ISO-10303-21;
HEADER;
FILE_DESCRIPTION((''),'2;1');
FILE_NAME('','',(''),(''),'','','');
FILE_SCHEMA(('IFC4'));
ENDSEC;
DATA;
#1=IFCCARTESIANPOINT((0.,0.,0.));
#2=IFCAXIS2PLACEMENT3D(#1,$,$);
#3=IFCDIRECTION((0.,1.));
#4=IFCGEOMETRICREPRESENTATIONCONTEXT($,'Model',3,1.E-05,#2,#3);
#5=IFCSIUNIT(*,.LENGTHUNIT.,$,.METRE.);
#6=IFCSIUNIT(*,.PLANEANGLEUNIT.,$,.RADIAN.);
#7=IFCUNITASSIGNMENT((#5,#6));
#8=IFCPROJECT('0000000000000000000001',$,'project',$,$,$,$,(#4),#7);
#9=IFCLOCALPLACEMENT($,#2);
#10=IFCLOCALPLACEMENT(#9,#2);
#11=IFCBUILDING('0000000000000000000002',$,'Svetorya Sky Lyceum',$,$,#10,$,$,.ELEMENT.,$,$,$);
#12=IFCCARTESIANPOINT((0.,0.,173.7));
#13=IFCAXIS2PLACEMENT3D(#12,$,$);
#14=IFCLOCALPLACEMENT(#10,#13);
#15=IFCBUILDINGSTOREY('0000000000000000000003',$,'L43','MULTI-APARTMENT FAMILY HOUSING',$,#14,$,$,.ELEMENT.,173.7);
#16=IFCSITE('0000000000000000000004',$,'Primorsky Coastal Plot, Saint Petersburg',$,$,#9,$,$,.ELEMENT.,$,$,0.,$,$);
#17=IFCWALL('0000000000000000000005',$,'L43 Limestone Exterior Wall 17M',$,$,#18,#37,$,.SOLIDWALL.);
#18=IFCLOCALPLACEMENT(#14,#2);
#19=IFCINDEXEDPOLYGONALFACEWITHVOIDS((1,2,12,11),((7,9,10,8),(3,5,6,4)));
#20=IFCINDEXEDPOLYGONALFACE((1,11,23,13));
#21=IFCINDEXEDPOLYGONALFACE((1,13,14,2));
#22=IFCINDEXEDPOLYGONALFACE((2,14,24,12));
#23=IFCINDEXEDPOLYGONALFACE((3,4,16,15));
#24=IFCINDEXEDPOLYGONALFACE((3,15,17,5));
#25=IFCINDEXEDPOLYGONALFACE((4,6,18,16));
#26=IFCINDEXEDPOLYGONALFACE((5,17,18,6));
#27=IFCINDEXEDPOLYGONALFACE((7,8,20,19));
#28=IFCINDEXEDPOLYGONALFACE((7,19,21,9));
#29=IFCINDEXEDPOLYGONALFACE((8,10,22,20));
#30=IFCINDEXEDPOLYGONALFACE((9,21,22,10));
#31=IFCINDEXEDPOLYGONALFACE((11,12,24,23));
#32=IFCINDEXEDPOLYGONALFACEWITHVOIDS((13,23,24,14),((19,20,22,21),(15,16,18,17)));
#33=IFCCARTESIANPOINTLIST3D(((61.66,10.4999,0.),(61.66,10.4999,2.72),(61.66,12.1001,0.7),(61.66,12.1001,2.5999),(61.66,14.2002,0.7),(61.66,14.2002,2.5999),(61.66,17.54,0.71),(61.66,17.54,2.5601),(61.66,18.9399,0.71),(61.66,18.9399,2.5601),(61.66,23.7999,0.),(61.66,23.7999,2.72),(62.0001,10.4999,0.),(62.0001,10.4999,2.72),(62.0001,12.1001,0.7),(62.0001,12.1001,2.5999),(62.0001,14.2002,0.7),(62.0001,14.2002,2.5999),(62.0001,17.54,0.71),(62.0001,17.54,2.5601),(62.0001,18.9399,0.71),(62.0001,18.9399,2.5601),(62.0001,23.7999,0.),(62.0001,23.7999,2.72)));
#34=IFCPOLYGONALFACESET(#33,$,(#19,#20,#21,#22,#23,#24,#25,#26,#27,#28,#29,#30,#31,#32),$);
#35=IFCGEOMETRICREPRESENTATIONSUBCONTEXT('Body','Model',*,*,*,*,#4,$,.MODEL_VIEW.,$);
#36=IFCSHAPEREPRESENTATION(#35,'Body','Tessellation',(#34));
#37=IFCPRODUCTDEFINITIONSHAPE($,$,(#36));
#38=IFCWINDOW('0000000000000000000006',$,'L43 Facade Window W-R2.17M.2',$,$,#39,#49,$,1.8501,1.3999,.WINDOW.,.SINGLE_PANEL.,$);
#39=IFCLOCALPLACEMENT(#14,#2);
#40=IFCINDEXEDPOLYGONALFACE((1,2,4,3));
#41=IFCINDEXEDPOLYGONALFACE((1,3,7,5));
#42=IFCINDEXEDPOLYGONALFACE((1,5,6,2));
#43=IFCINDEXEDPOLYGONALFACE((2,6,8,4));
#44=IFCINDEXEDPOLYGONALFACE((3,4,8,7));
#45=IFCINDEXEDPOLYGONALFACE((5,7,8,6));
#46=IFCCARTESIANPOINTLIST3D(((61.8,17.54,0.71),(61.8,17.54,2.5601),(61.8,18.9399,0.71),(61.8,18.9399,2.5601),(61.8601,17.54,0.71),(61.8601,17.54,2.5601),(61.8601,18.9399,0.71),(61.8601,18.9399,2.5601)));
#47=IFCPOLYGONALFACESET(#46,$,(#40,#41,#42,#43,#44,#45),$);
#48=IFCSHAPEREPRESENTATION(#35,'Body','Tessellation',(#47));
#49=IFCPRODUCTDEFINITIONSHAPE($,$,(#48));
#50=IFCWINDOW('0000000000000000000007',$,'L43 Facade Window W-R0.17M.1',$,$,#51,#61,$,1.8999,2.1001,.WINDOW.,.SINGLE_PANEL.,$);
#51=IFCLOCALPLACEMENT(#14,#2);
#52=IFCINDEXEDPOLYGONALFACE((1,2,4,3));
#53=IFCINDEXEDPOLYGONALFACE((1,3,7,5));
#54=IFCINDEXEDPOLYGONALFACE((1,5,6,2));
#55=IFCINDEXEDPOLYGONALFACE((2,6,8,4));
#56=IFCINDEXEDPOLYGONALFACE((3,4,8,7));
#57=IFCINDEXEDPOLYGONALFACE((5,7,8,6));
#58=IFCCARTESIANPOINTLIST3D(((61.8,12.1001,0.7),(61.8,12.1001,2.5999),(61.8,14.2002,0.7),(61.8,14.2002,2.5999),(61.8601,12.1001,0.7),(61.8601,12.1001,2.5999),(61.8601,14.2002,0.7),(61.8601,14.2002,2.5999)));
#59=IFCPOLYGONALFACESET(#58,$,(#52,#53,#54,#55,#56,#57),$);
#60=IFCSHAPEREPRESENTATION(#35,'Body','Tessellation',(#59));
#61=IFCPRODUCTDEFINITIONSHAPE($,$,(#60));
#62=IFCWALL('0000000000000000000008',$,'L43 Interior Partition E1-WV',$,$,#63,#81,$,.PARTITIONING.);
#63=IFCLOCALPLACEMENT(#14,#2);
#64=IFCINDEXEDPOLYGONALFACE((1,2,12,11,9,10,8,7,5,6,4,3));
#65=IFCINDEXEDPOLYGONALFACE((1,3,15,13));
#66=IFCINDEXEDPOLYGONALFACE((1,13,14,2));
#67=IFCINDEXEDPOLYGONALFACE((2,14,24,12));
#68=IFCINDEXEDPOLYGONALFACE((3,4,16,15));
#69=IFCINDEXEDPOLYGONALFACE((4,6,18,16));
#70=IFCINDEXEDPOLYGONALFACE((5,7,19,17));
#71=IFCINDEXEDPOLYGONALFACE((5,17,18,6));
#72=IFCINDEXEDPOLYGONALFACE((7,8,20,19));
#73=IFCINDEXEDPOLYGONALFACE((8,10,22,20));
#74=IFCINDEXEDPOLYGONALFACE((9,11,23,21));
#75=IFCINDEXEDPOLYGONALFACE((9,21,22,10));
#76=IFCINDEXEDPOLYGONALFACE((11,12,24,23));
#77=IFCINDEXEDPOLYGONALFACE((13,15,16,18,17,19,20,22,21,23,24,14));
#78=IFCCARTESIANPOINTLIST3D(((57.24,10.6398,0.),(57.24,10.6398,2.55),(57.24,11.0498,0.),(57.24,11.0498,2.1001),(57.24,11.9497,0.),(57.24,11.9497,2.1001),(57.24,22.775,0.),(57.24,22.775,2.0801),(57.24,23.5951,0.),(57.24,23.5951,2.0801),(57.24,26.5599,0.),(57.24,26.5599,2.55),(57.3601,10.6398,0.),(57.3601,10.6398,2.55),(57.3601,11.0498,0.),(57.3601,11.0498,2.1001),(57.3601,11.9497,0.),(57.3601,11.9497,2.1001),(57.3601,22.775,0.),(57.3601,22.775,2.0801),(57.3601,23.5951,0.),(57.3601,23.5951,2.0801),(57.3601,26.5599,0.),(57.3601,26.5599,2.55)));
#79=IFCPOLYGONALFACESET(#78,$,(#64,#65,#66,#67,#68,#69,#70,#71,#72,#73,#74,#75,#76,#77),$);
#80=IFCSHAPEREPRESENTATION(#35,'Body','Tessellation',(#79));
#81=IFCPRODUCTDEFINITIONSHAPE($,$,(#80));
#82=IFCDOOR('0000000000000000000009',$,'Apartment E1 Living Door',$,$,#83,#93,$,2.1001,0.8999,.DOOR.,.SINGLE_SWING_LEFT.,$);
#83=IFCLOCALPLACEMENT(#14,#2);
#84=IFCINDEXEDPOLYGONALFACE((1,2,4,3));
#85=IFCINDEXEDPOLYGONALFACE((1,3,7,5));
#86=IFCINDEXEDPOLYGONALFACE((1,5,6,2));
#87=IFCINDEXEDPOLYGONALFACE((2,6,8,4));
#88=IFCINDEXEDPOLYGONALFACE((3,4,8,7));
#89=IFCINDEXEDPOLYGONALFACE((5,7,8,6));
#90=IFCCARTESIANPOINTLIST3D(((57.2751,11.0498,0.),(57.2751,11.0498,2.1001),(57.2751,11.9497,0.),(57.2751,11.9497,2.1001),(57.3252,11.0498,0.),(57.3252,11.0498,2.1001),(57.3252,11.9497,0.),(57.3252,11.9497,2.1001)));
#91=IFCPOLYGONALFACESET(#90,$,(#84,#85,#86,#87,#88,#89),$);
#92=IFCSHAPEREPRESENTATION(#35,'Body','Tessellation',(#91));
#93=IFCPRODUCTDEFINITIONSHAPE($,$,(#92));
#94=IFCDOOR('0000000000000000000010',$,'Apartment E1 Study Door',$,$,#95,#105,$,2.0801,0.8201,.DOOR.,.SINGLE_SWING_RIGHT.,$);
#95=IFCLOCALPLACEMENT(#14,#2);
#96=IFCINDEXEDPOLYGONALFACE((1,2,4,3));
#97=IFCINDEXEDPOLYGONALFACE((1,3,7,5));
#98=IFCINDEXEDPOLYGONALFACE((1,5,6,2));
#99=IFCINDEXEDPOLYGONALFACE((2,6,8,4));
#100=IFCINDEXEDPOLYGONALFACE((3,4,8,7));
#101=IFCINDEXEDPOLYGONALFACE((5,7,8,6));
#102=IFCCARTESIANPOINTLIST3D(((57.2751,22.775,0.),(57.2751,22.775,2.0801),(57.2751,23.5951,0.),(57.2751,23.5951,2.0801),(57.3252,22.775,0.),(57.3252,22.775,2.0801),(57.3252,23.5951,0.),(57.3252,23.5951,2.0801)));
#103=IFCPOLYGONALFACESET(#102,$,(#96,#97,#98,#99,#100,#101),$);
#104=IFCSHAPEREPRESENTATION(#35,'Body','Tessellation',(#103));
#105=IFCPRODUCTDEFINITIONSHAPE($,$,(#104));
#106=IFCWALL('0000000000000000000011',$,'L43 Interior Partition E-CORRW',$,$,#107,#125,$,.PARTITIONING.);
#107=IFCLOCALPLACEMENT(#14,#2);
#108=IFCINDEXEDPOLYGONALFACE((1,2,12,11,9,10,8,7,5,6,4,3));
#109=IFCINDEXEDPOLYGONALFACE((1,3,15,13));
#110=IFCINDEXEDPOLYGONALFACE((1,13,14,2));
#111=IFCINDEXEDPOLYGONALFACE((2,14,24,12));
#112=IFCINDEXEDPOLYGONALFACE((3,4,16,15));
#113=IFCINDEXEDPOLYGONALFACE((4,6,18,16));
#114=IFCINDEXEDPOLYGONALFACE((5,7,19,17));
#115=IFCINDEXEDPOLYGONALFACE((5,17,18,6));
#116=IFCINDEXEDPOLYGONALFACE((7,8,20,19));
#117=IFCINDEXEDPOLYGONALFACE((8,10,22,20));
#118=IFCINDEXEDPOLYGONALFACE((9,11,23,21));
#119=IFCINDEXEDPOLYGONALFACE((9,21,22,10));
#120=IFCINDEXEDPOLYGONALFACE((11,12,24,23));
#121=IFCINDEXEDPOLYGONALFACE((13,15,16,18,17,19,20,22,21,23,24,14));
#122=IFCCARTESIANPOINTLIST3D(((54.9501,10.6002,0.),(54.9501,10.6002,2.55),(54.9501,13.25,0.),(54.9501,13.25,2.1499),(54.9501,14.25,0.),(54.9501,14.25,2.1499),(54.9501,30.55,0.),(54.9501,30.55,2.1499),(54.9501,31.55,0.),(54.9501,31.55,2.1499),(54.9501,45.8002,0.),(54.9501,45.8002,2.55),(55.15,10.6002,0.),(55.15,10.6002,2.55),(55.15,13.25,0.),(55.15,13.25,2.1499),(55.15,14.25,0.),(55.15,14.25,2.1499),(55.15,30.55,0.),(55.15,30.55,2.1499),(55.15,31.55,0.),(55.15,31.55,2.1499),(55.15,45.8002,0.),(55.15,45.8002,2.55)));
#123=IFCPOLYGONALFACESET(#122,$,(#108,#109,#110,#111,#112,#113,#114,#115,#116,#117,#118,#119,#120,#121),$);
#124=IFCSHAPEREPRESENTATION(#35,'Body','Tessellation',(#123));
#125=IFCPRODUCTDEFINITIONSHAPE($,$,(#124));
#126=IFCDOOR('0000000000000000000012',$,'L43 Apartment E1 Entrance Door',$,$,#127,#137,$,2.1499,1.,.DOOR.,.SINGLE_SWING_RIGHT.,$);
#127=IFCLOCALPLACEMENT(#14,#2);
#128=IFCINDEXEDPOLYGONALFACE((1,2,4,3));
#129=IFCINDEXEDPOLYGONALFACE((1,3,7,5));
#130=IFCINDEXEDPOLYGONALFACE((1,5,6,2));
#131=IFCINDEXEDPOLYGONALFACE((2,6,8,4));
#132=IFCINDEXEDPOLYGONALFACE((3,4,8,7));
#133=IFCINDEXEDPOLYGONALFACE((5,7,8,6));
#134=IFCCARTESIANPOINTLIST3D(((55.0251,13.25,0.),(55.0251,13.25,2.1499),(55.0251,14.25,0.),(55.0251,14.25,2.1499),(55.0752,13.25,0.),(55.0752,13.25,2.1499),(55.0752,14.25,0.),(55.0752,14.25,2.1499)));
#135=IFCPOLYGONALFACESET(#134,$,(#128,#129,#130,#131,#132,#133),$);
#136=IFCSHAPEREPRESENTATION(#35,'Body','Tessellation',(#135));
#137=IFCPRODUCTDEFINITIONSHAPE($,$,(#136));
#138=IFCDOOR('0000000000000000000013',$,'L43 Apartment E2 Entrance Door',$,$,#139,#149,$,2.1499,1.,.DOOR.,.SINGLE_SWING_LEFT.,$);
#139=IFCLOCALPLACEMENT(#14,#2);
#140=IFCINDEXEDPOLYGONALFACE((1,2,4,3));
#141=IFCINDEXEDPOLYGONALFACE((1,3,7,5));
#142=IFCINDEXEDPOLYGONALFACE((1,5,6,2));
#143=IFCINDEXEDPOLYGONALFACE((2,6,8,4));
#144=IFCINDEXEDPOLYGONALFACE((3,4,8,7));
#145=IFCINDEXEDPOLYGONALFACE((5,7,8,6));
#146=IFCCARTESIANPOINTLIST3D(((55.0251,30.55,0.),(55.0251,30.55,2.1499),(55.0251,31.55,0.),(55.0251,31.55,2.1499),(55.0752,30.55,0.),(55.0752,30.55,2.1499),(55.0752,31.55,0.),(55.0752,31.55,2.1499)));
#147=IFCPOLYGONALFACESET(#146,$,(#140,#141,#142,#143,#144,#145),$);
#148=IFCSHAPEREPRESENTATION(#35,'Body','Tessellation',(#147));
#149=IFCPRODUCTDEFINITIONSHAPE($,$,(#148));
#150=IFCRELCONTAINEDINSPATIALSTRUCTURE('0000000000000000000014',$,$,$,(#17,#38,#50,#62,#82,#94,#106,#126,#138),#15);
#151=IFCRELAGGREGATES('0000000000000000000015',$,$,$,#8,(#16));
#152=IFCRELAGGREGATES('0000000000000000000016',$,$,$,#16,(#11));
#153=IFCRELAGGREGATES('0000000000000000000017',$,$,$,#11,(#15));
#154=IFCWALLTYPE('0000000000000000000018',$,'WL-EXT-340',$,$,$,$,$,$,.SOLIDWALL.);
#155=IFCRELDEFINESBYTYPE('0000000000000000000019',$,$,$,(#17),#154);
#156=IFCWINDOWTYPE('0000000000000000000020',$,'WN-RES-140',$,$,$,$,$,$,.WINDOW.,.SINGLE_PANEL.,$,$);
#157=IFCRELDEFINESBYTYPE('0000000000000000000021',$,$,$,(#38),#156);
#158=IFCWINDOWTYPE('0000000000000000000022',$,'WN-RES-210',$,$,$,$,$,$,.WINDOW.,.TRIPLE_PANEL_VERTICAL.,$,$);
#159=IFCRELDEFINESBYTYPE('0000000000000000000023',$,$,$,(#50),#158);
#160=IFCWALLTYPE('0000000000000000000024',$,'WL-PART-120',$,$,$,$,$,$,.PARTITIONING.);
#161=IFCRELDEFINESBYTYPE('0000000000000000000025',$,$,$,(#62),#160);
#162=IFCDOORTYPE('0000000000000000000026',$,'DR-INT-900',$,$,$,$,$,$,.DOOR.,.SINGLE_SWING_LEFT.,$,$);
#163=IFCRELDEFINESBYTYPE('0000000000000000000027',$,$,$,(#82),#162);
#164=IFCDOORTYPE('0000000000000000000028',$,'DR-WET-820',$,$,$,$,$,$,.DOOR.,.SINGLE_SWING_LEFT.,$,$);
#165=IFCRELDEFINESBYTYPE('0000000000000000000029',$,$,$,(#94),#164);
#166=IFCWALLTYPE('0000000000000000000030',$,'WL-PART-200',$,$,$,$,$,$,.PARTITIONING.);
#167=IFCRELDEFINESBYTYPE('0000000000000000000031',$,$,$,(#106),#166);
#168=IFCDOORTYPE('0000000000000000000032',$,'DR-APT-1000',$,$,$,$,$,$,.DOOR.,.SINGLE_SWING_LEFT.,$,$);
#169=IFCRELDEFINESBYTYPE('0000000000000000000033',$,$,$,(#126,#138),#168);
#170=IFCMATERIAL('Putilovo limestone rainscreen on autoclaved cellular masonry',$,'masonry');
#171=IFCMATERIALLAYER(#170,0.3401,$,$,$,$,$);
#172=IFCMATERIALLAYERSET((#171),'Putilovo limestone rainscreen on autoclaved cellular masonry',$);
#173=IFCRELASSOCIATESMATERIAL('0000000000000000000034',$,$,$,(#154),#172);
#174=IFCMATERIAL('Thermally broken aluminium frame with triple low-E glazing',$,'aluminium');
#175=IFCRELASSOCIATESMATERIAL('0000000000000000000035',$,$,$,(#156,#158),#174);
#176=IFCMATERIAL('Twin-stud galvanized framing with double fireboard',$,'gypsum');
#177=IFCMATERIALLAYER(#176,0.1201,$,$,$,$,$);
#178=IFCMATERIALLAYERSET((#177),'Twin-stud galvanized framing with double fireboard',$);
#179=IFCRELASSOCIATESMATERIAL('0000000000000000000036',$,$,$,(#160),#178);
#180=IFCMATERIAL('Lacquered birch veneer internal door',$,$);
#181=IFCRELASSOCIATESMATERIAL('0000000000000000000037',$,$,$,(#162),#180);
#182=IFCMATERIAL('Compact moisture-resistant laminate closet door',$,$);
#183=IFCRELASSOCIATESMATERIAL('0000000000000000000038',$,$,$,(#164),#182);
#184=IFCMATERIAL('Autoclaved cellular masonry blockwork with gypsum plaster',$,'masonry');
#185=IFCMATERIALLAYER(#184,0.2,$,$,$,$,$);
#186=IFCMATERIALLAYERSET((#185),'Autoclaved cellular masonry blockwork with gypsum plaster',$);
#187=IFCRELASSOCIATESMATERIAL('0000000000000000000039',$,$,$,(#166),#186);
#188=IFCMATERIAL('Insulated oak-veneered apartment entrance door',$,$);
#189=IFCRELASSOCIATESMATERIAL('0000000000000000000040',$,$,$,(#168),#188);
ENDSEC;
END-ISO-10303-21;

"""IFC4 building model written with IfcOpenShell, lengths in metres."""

from ifc_helpers import new_model, si_unit, direction, frame, frame_2d, origin, place, context, subcontext, project, spatial, rectangle, extrude, material, layer, layer_set, type_object, element, fill, save


model = new_model("IFC4")

# Units and contexts
model_context = context("Model", 3, precision=1e-05, world=origin(), true_north=direction((0.0, 1.0)))
body_context = subcontext(model_context, "Body", "Model", "MODEL_VIEW")
ifc_project = project(units=[si_unit("LENGTHUNIT", "METRE"), si_unit("PLANEANGLEUNIT", "RADIAN")], contexts=[model_context])

# Site, building, storey
site_placement = place(None, origin())
site = spatial("IfcSite", under=ifc_project, at=site_placement, Name="Primorsky Coastal Plot, Saint Petersburg", CompositionType="ELEMENT", RefElevation=0.0)
building_placement = place(site_placement, origin())
building = spatial("IfcBuilding", under=site, at=building_placement, Name="Svetorya Sky Lyceum", CompositionType="ELEMENT")
storey_placement = place(building_placement, frame((0.0, 0.0, 173.7)))
storey = spatial("IfcBuildingStorey", under=building, at=storey_placement, Name="L43", Description="MULTI-APARTMENT FAMILY HOUSING", CompositionType="ELEMENT", Elevation=173.7)

# Shared definitions
ifc_material_1 = material(Name="Putilovo limestone rainscreen on autoclaved cellular masonry", Category="masonry")
ifc_layer_1 = layer(ifc_material_1, 0.3401)
ifc_layer_set_1 = layer_set([ifc_layer_1], Name="Putilovo limestone rainscreen on autoclaved cellular masonry")
wall_type_1 = type_object("IfcWallType", Name="WL-EXT-340", PredefinedType="SOLIDWALL", material=ifc_layer_set_1)

# Wall, openings, windows
wall_1_placement = place(storey_placement, frame((61.8301, 10.5, 0.0), z_axis=(0.0, 0.0, 1.0), x_axis=(0.0, 1.0, 0.0)))
wall_1 = element("IfcWall", 1, at=wall_1_placement, inside=storey, type_object=wall_type_1, Name="L43 Limestone Exterior Wall 17M", PredefinedType="SOLIDWALL", context=body_context, shape_type="SweptSolid", body=[
    extrude(rectangle(XDim=13.3, YDim=0.3401, at=frame_2d((6.6499, 0.0))), origin(), (0.0, 0.0, 1.0), 2.72),
])
opening_1_placement = place(wall_1_placement, frame((1.6001, 0.0, 0.7)))
opening_1 = element("IfcOpeningElement", 2, at=opening_1_placement, cuts=wall_1, PredefinedType="OPENING", context=body_context, shape_type="SweptSolid", body=[
    extrude(rectangle(XDim=2.1001, YDim=1.8999, at=frame_2d((1.05, 0.95))), frame((0.0, 0.1799, 0.0), z_axis=(0.0, -1.0, 0.0), x_axis=(1.0, 0.0, 0.0)), (0.0, 0.0, 1.0), 0.3601),
])
opening_2_placement = place(wall_1_placement, frame((7.04, 0.0, 0.71)))
opening_2 = element("IfcOpeningElement", 3, at=opening_2_placement, cuts=wall_1, PredefinedType="OPENING", context=body_context, shape_type="SweptSolid", body=[
    extrude(rectangle(XDim=1.3999, YDim=1.8501, at=frame_2d((0.7, 0.925))), frame((0.0, 0.1799, 0.0), z_axis=(0.0, -1.0, 0.0), x_axis=(1.0, 0.0, 0.0)), (0.0, 0.0, 1.0), 0.3601),
])
ifc_material_2 = material(Name="Thermally broken aluminium frame with triple low-E glazing", Category="aluminium")
window_type_1 = type_object("IfcWindowType", Name="WN-RES-140", PartitioningType="SINGLE_PANEL", PredefinedType="WINDOW", material=ifc_material_2)
window_1_placement = place(opening_2_placement, origin())
window_1 = element("IfcWindow", 4, at=window_1_placement, inside=storey, type_object=window_type_1, Name="L43 Facade Window W-R2.17M.2", OverallHeight=1.8501, OverallWidth=1.3999, PartitioningType="SINGLE_PANEL", PredefinedType="WINDOW", context=body_context, shape_type="SweptSolid", body=[
    extrude(rectangle(XDim=1.3999, YDim=1.8501, at=frame_2d((0.7, 0.925))), frame((0.0, 0.03, 0.0), z_axis=(0.0, -1.0, 0.0), x_axis=(1.0, 0.0, 0.0)), (0.0, 0.0, 1.0), 0.0601),
])
fill(opening_2, window_1)
window_type_2 = type_object("IfcWindowType", Name="WN-RES-210", PartitioningType="TRIPLE_PANEL_VERTICAL", PredefinedType="WINDOW", material=ifc_material_2)
window_2_placement = place(opening_1_placement, origin())
window_2 = element("IfcWindow", 5, at=window_2_placement, inside=storey, type_object=window_type_2, Name="L43 Facade Window W-R0.17M.1", OverallHeight=1.8999, OverallWidth=2.1001, PartitioningType="SINGLE_PANEL", PredefinedType="WINDOW", context=body_context, shape_type="SweptSolid", body=[
    extrude(rectangle(XDim=2.1001, YDim=1.8999, at=frame_2d((1.05, 0.95))), frame((0.0, 0.03, 0.0), z_axis=(0.0, -1.0, 0.0), x_axis=(1.0, 0.0, 0.0)), (0.0, 0.0, 1.0), 0.0601),
])
fill(opening_1, window_2)

# Walls, openings, doors
ifc_material_3 = material(Name="Twin-stud galvanized framing with double fireboard", Category="gypsum")
ifc_layer_2 = layer(ifc_material_3, 0.1201)
ifc_layer_set_2 = layer_set([ifc_layer_2], Name="Twin-stud galvanized framing with double fireboard")
wall_type_2 = type_object("IfcWallType", Name="WL-PART-120", PredefinedType="PARTITIONING", material=ifc_layer_set_2)
wall_2_placement = place(storey_placement, frame((57.3, 10.6399, 0.0), z_axis=(0.0, 0.0, 1.0), x_axis=(0.0, 1.0, 0.0)))
wall_2 = element("IfcWall", 6, at=wall_2_placement, inside=storey, type_object=wall_type_2, Name="L43 Interior Partition E1-WV", PredefinedType="PARTITIONING", context=body_context, shape_type="SweptSolid", body=[
    extrude(rectangle(XDim=15.9202, YDim=0.1201, at=frame_2d((7.96, 0.0))), origin(), (0.0, 0.0, 1.0), 2.55),
])
opening_3_placement = place(wall_2_placement, frame((0.4099, 0.0, 0.0)))
opening_3 = element("IfcOpeningElement", 7, at=opening_3_placement, cuts=wall_2, PredefinedType="OPENING", context=body_context, shape_type="SweptSolid", body=[
    extrude(rectangle(XDim=0.8999, YDim=2.1001, at=frame_2d((0.45, 1.05))), frame((0.0, 0.0701, 0.0), z_axis=(0.0, -1.0, 0.0), x_axis=(1.0, 0.0, 0.0)), (0.0, 0.0, 1.0), 0.1401),
])
opening_4_placement = place(wall_2_placement, frame((12.135, 0.0, 0.0)))
opening_4 = element("IfcOpeningElement", 8, at=opening_4_placement, cuts=wall_2, PredefinedType="OPENING", context=body_context, shape_type="SweptSolid", body=[
    extrude(rectangle(XDim=0.8201, YDim=2.0801, at=frame_2d((0.4102, 1.04))), frame((0.0, 0.0701, 0.0), z_axis=(0.0, -1.0, 0.0), x_axis=(1.0, 0.0, 0.0)), (0.0, 0.0, 1.0), 0.1401),
])
ifc_material_4 = material(Name="Lacquered birch veneer internal door")
door_type_1 = type_object("IfcDoorType", Name="DR-INT-900", OperationType="SINGLE_SWING_LEFT", PredefinedType="DOOR", material=ifc_material_4)
door_1_placement = place(opening_3_placement, origin())
door_1 = element("IfcDoor", 9, at=door_1_placement, inside=storey, type_object=door_type_1, Name="Apartment E1 Living Door", OperationType="SINGLE_SWING_LEFT", OverallHeight=2.1001, OverallWidth=0.8999, PredefinedType="DOOR", context=body_context, shape_type="SweptSolid", body=[
    extrude(rectangle(XDim=0.8999, YDim=2.1001, at=frame_2d((0.45, 1.05))), frame((0.0, 0.0249, 0.0), z_axis=(0.0, -1.0, 0.0), x_axis=(1.0, 0.0, 0.0)), (0.0, 0.0, 1.0), 0.05),
])
fill(opening_3, door_1)
ifc_material_5 = material(Name="Compact moisture-resistant laminate closet door")
door_type_2 = type_object("IfcDoorType", Name="DR-WET-820", OperationType="SINGLE_SWING_LEFT", PredefinedType="DOOR", material=ifc_material_5)
door_2_placement = place(opening_4_placement, origin())
door_2 = element("IfcDoor", 10, at=door_2_placement, inside=storey, type_object=door_type_2, Name="Apartment E1 Study Door", OperationType="SINGLE_SWING_RIGHT", OverallHeight=2.0801, OverallWidth=0.8201, PredefinedType="DOOR", context=body_context, shape_type="SweptSolid", body=[
    extrude(rectangle(XDim=0.8201, YDim=2.0801, at=frame_2d((0.4102, 1.04))), frame((0.0, 0.0249, 0.0), z_axis=(0.0, -1.0, 0.0), x_axis=(1.0, 0.0, 0.0)), (0.0, 0.0, 1.0), 0.05),
])
fill(opening_4, door_2)
ifc_material_6 = material(Name="Autoclaved cellular masonry blockwork with gypsum plaster", Category="masonry")
ifc_layer_3 = layer(ifc_material_6, 0.2)
ifc_layer_set_3 = layer_set([ifc_layer_3], Name="Autoclaved cellular masonry blockwork with gypsum plaster")
wall_type_3 = type_object("IfcWallType", Name="WL-PART-200", PredefinedType="PARTITIONING", material=ifc_layer_set_3)
wall_3_placement = place(storey_placement, frame((55.05, 10.6001, 0.0), z_axis=(0.0, 0.0, 1.0), x_axis=(0.0, 1.0, 0.0)))
wall_3 = element("IfcWall", 11, at=wall_3_placement, inside=storey, type_object=wall_type_3, Name="L43 Interior Partition E-CORRW", PredefinedType="PARTITIONING", context=body_context, shape_type="SweptSolid", body=[
    extrude(rectangle(XDim=35.2, YDim=0.2, at=frame_2d((17.6001, 0.0))), origin(), (0.0, 0.0, 1.0), 2.55),
])
opening_5_placement = place(wall_3_placement, frame((2.6499, 0.0, 0.0)))
opening_5 = element("IfcOpeningElement", 12, at=opening_5_placement, cuts=wall_3, PredefinedType="OPENING", context=body_context, shape_type="SweptSolid", body=[
    extrude(rectangle(XDim=1.0, YDim=2.1499, at=frame_2d((0.5, 1.075))), frame((0.0, 0.1099, 0.0), z_axis=(0.0, -1.0, 0.0), x_axis=(1.0, 0.0, 0.0)), (0.0, 0.0, 1.0), 0.22),
])
opening_6_placement = place(wall_3_placement, frame((19.95, 0.0, 0.0)))
opening_6 = element("IfcOpeningElement", 13, at=opening_6_placement, cuts=wall_3, PredefinedType="OPENING", context=body_context, shape_type="SweptSolid", body=[
    extrude(rectangle(XDim=1.0, YDim=2.1499, at=frame_2d((0.5, 1.075))), frame((0.0, 0.1099, 0.0), z_axis=(0.0, -1.0, 0.0), x_axis=(1.0, 0.0, 0.0)), (0.0, 0.0, 1.0), 0.22),
])
ifc_material_7 = material(Name="Insulated oak-veneered apartment entrance door")
door_type_3 = type_object("IfcDoorType", Name="DR-APT-1000", OperationType="SINGLE_SWING_LEFT", PredefinedType="DOOR", material=ifc_material_7)
door_3_placement = place(opening_5_placement, origin())
door_3 = element("IfcDoor", 14, at=door_3_placement, inside=storey, type_object=door_type_3, Name="L43 Apartment E1 Entrance Door", OperationType="SINGLE_SWING_RIGHT", OverallHeight=2.1499, OverallWidth=1.0, PredefinedType="DOOR", context=body_context, shape_type="SweptSolid", body=[
    extrude(rectangle(XDim=1.0, YDim=2.1499, at=frame_2d((0.5, 1.075))), frame((0.0, 0.0249, 0.0), z_axis=(0.0, -1.0, 0.0), x_axis=(1.0, 0.0, 0.0)), (0.0, 0.0, 1.0), 0.05),
])
fill(opening_5, door_3)
door_4_placement = place(opening_6_placement, origin())
door_4 = element("IfcDoor", 15, at=door_4_placement, inside=storey, type_object=door_type_3, Name="L43 Apartment E2 Entrance Door", OperationType="SINGLE_SWING_LEFT", OverallHeight=2.1499, OverallWidth=1.0, PredefinedType="DOOR", context=body_context, shape_type="SweptSolid", body=[
    extrude(rectangle(XDim=1.0, YDim=2.1499, at=frame_2d((0.5, 1.075))), frame((0.0, 0.0249, 0.0), z_axis=(0.0, -1.0, 0.0), x_axis=(1.0, 0.0, 0.0)), (0.0, 0.0, 1.0), 0.05),
])
fill(opening_6, door_4)

save(model, "model.ifc")
